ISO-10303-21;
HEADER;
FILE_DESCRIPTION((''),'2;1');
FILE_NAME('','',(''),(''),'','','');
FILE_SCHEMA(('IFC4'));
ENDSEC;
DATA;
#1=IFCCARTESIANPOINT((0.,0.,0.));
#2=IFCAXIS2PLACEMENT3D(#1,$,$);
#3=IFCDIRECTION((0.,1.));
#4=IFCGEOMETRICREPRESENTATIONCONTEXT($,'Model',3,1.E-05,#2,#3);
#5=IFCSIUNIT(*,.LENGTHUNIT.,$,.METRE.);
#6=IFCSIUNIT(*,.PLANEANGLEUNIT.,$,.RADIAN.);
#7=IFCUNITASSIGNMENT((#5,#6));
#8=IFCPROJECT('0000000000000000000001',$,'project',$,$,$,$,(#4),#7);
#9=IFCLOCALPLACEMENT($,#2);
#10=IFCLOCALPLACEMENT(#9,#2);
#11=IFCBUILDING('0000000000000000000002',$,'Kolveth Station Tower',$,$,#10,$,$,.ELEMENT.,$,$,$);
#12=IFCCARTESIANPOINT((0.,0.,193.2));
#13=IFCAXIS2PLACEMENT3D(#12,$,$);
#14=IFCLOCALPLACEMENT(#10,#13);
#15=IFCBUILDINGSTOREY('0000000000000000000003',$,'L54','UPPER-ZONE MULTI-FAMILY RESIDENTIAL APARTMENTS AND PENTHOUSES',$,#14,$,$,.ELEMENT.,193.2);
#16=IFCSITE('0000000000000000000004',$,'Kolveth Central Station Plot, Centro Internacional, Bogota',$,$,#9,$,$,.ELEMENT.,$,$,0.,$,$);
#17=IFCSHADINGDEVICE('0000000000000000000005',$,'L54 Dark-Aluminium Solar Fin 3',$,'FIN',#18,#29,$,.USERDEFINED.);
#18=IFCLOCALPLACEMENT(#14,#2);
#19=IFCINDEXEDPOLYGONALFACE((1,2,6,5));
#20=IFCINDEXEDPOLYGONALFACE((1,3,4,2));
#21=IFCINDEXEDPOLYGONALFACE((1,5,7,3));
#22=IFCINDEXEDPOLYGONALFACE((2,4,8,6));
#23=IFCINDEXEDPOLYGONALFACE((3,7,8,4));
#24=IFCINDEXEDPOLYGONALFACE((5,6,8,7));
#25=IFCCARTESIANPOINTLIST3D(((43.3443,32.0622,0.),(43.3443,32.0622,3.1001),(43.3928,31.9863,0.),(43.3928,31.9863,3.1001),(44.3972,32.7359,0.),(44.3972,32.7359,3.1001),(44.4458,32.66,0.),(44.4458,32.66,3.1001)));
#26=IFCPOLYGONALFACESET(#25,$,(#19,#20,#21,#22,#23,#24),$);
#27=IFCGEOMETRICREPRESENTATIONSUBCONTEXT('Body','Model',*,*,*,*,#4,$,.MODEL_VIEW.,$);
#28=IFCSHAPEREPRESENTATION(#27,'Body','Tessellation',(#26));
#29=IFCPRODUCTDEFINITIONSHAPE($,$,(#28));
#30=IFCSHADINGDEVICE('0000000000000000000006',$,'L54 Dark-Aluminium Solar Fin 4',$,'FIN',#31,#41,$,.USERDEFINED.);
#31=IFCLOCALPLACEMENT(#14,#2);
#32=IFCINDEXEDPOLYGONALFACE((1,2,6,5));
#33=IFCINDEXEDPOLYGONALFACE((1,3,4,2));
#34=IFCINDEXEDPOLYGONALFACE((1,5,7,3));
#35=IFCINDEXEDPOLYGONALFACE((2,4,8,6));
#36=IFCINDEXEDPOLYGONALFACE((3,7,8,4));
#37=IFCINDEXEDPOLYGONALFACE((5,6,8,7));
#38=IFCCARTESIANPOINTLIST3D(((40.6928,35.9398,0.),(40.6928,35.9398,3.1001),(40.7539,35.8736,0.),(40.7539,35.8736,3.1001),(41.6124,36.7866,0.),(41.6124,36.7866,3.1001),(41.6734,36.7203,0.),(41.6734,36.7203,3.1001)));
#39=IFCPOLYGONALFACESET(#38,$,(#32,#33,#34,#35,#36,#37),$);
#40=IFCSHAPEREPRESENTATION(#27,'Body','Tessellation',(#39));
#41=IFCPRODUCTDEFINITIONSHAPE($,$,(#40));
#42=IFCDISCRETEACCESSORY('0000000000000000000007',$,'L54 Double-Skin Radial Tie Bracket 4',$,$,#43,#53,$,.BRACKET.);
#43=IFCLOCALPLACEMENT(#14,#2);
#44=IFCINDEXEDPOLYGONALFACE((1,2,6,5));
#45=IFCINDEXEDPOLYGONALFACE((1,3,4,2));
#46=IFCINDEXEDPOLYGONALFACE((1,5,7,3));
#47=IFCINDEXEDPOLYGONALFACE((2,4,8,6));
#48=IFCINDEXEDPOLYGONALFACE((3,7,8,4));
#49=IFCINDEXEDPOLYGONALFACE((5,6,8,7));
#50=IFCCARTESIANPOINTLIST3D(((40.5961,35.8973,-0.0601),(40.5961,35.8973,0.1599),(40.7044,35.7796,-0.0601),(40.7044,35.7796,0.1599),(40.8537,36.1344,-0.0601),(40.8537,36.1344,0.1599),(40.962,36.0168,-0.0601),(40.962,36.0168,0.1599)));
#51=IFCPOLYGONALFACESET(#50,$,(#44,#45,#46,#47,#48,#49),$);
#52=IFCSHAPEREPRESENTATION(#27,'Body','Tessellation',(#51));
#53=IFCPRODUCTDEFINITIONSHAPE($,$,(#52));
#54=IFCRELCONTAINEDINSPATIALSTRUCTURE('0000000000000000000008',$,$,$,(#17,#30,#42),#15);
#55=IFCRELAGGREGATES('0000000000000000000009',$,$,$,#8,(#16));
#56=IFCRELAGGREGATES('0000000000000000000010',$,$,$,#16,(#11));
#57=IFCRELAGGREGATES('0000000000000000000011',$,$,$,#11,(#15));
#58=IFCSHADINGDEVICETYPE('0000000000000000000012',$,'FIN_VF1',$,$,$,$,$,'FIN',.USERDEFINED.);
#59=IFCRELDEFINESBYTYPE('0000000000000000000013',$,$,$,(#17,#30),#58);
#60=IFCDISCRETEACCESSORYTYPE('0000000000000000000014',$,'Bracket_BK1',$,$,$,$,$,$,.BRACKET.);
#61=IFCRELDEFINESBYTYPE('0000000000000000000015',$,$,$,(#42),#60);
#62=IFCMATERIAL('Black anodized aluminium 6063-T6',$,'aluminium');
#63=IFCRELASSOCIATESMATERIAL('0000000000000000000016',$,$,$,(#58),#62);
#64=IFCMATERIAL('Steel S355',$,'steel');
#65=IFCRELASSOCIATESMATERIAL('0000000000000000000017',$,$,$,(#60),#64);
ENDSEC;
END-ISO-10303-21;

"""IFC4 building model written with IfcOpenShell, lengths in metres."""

from ifc_helpers import new_model, si_unit, direction, frame, origin, origin_2d, place, context, subcontext, project, spatial, rectangle, extrude, source, transform, mapped, material, type_object, element, save


model = new_model("IFC4")

# Units and contexts
model_context = context("Model", 3, precision=1e-05, world=origin(), true_north=direction((0.0, 1.0)))
body_context = subcontext(model_context, "Body", "Model", "MODEL_VIEW")
ifc_project = project(units=[si_unit("LENGTHUNIT", "METRE"), si_unit("PLANEANGLEUNIT", "RADIAN")], contexts=[model_context])

# Site, building, storey
site_placement = place(None, origin())
site = spatial("IfcSite", under=ifc_project, at=site_placement, Name="Kolveth Central Station Plot, Centro Internacional, Bogota", CompositionType="ELEMENT", RefElevation=0.0)
building_placement = place(site_placement, origin())
building = spatial("IfcBuilding", under=site, at=building_placement, Name="Kolveth Station Tower", CompositionType="ELEMENT")
storey_placement = place(building_placement, frame((0.0, 0.0, 193.2)))
storey = spatial("IfcBuildingStorey", under=building, at=storey_placement, Name="L54", Description="UPPER-ZONE MULTI-FAMILY RESIDENTIAL APARTMENTS AND PENTHOUSES", CompositionType="ELEMENT", Elevation=193.2)

# Shared definitions
ifc_material_1 = material(Name="Steel S355", Category="steel")

# Shared definitions
ifc_material_2 = material(Name="Black anodized aluminium 6063-T6", Category="aluminium")

# Shading devices
shading_device_type = type_object("IfcShadingDeviceType", Name="FIN_VF1", ElementType="FIN", PredefinedType="USERDEFINED", material=ifc_material_2)
shared_shape_1 = source(origin(), body_context, "Body", "SweptSolid", [
    extrude(rectangle(XDim=1.25, YDim=0.0901, at=origin_2d()), origin(), (0.0, 0.0, 1.0), 3.1001),
])
for number, where, z_axis, x_axis, name in (
    (1, (43.895, 32.3611, 0.0), (0.0, 0.0, 1.0), (0.842358, 0.538918, 0.0), "L54 Dark-Aluminium Solar Fin 3"),
    (2, (41.1831, 36.3301, 0.0), (0.0, 0.0, 1.0), (0.735624, 0.67739, 0.0), "L54 Dark-Aluminium Solar Fin 4"),
):
    element("IfcShadingDevice", number, at=place(storey_placement, frame(where, z_axis=z_axis, x_axis=x_axis)), inside=storey, type_object=shading_device_type, Name=name, ObjectType="FIN", PredefinedType="USERDEFINED", context=body_context, shape_type="MappedRepresentation", body=[
        mapped(shared_shape_1, transform((0.0, 0.0, 0.0), x_axis=(1.0, 0.0, 0.0), y_axis=(0.0, 1.0, 0.0), z_axis=(0.0, 0.0, 1.0), scale=1.0)),
    ])

# Discrete accessory
discrete_accessory_type = type_object("IfcDiscreteAccessoryType", Name="Bracket_BK1", PredefinedType="BRACKET", material=ifc_material_1)
shared_shape_2 = source(origin(), body_context, "Body", "SweptSolid", [
    extrude(rectangle(XDim=0.3501, YDim=0.1599, at=origin_2d()), origin(), (0.0, 0.0, 1.0), 0.22),
])
discrete_accessory_placement = place(storey_placement, frame((40.7791, 35.957, -0.0601), z_axis=(0.0, 0.0, 1.0), x_axis=(0.735624, 0.67739, 0.0)))
element("IfcDiscreteAccessory", 3, at=discrete_accessory_placement, inside=storey, type_object=discrete_accessory_type, Name="L54 Double-Skin Radial Tie Bracket 4", PredefinedType="BRACKET", context=body_context, shape_type="MappedRepresentation", body=[
    mapped(shared_shape_2, transform((0.0, 0.0, 0.0), x_axis=(1.0, 0.0, 0.0), y_axis=(0.0, 1.0, 0.0), z_axis=(0.0, 0.0, 1.0), scale=1.0)),
])

save(model, "model.ifc")
